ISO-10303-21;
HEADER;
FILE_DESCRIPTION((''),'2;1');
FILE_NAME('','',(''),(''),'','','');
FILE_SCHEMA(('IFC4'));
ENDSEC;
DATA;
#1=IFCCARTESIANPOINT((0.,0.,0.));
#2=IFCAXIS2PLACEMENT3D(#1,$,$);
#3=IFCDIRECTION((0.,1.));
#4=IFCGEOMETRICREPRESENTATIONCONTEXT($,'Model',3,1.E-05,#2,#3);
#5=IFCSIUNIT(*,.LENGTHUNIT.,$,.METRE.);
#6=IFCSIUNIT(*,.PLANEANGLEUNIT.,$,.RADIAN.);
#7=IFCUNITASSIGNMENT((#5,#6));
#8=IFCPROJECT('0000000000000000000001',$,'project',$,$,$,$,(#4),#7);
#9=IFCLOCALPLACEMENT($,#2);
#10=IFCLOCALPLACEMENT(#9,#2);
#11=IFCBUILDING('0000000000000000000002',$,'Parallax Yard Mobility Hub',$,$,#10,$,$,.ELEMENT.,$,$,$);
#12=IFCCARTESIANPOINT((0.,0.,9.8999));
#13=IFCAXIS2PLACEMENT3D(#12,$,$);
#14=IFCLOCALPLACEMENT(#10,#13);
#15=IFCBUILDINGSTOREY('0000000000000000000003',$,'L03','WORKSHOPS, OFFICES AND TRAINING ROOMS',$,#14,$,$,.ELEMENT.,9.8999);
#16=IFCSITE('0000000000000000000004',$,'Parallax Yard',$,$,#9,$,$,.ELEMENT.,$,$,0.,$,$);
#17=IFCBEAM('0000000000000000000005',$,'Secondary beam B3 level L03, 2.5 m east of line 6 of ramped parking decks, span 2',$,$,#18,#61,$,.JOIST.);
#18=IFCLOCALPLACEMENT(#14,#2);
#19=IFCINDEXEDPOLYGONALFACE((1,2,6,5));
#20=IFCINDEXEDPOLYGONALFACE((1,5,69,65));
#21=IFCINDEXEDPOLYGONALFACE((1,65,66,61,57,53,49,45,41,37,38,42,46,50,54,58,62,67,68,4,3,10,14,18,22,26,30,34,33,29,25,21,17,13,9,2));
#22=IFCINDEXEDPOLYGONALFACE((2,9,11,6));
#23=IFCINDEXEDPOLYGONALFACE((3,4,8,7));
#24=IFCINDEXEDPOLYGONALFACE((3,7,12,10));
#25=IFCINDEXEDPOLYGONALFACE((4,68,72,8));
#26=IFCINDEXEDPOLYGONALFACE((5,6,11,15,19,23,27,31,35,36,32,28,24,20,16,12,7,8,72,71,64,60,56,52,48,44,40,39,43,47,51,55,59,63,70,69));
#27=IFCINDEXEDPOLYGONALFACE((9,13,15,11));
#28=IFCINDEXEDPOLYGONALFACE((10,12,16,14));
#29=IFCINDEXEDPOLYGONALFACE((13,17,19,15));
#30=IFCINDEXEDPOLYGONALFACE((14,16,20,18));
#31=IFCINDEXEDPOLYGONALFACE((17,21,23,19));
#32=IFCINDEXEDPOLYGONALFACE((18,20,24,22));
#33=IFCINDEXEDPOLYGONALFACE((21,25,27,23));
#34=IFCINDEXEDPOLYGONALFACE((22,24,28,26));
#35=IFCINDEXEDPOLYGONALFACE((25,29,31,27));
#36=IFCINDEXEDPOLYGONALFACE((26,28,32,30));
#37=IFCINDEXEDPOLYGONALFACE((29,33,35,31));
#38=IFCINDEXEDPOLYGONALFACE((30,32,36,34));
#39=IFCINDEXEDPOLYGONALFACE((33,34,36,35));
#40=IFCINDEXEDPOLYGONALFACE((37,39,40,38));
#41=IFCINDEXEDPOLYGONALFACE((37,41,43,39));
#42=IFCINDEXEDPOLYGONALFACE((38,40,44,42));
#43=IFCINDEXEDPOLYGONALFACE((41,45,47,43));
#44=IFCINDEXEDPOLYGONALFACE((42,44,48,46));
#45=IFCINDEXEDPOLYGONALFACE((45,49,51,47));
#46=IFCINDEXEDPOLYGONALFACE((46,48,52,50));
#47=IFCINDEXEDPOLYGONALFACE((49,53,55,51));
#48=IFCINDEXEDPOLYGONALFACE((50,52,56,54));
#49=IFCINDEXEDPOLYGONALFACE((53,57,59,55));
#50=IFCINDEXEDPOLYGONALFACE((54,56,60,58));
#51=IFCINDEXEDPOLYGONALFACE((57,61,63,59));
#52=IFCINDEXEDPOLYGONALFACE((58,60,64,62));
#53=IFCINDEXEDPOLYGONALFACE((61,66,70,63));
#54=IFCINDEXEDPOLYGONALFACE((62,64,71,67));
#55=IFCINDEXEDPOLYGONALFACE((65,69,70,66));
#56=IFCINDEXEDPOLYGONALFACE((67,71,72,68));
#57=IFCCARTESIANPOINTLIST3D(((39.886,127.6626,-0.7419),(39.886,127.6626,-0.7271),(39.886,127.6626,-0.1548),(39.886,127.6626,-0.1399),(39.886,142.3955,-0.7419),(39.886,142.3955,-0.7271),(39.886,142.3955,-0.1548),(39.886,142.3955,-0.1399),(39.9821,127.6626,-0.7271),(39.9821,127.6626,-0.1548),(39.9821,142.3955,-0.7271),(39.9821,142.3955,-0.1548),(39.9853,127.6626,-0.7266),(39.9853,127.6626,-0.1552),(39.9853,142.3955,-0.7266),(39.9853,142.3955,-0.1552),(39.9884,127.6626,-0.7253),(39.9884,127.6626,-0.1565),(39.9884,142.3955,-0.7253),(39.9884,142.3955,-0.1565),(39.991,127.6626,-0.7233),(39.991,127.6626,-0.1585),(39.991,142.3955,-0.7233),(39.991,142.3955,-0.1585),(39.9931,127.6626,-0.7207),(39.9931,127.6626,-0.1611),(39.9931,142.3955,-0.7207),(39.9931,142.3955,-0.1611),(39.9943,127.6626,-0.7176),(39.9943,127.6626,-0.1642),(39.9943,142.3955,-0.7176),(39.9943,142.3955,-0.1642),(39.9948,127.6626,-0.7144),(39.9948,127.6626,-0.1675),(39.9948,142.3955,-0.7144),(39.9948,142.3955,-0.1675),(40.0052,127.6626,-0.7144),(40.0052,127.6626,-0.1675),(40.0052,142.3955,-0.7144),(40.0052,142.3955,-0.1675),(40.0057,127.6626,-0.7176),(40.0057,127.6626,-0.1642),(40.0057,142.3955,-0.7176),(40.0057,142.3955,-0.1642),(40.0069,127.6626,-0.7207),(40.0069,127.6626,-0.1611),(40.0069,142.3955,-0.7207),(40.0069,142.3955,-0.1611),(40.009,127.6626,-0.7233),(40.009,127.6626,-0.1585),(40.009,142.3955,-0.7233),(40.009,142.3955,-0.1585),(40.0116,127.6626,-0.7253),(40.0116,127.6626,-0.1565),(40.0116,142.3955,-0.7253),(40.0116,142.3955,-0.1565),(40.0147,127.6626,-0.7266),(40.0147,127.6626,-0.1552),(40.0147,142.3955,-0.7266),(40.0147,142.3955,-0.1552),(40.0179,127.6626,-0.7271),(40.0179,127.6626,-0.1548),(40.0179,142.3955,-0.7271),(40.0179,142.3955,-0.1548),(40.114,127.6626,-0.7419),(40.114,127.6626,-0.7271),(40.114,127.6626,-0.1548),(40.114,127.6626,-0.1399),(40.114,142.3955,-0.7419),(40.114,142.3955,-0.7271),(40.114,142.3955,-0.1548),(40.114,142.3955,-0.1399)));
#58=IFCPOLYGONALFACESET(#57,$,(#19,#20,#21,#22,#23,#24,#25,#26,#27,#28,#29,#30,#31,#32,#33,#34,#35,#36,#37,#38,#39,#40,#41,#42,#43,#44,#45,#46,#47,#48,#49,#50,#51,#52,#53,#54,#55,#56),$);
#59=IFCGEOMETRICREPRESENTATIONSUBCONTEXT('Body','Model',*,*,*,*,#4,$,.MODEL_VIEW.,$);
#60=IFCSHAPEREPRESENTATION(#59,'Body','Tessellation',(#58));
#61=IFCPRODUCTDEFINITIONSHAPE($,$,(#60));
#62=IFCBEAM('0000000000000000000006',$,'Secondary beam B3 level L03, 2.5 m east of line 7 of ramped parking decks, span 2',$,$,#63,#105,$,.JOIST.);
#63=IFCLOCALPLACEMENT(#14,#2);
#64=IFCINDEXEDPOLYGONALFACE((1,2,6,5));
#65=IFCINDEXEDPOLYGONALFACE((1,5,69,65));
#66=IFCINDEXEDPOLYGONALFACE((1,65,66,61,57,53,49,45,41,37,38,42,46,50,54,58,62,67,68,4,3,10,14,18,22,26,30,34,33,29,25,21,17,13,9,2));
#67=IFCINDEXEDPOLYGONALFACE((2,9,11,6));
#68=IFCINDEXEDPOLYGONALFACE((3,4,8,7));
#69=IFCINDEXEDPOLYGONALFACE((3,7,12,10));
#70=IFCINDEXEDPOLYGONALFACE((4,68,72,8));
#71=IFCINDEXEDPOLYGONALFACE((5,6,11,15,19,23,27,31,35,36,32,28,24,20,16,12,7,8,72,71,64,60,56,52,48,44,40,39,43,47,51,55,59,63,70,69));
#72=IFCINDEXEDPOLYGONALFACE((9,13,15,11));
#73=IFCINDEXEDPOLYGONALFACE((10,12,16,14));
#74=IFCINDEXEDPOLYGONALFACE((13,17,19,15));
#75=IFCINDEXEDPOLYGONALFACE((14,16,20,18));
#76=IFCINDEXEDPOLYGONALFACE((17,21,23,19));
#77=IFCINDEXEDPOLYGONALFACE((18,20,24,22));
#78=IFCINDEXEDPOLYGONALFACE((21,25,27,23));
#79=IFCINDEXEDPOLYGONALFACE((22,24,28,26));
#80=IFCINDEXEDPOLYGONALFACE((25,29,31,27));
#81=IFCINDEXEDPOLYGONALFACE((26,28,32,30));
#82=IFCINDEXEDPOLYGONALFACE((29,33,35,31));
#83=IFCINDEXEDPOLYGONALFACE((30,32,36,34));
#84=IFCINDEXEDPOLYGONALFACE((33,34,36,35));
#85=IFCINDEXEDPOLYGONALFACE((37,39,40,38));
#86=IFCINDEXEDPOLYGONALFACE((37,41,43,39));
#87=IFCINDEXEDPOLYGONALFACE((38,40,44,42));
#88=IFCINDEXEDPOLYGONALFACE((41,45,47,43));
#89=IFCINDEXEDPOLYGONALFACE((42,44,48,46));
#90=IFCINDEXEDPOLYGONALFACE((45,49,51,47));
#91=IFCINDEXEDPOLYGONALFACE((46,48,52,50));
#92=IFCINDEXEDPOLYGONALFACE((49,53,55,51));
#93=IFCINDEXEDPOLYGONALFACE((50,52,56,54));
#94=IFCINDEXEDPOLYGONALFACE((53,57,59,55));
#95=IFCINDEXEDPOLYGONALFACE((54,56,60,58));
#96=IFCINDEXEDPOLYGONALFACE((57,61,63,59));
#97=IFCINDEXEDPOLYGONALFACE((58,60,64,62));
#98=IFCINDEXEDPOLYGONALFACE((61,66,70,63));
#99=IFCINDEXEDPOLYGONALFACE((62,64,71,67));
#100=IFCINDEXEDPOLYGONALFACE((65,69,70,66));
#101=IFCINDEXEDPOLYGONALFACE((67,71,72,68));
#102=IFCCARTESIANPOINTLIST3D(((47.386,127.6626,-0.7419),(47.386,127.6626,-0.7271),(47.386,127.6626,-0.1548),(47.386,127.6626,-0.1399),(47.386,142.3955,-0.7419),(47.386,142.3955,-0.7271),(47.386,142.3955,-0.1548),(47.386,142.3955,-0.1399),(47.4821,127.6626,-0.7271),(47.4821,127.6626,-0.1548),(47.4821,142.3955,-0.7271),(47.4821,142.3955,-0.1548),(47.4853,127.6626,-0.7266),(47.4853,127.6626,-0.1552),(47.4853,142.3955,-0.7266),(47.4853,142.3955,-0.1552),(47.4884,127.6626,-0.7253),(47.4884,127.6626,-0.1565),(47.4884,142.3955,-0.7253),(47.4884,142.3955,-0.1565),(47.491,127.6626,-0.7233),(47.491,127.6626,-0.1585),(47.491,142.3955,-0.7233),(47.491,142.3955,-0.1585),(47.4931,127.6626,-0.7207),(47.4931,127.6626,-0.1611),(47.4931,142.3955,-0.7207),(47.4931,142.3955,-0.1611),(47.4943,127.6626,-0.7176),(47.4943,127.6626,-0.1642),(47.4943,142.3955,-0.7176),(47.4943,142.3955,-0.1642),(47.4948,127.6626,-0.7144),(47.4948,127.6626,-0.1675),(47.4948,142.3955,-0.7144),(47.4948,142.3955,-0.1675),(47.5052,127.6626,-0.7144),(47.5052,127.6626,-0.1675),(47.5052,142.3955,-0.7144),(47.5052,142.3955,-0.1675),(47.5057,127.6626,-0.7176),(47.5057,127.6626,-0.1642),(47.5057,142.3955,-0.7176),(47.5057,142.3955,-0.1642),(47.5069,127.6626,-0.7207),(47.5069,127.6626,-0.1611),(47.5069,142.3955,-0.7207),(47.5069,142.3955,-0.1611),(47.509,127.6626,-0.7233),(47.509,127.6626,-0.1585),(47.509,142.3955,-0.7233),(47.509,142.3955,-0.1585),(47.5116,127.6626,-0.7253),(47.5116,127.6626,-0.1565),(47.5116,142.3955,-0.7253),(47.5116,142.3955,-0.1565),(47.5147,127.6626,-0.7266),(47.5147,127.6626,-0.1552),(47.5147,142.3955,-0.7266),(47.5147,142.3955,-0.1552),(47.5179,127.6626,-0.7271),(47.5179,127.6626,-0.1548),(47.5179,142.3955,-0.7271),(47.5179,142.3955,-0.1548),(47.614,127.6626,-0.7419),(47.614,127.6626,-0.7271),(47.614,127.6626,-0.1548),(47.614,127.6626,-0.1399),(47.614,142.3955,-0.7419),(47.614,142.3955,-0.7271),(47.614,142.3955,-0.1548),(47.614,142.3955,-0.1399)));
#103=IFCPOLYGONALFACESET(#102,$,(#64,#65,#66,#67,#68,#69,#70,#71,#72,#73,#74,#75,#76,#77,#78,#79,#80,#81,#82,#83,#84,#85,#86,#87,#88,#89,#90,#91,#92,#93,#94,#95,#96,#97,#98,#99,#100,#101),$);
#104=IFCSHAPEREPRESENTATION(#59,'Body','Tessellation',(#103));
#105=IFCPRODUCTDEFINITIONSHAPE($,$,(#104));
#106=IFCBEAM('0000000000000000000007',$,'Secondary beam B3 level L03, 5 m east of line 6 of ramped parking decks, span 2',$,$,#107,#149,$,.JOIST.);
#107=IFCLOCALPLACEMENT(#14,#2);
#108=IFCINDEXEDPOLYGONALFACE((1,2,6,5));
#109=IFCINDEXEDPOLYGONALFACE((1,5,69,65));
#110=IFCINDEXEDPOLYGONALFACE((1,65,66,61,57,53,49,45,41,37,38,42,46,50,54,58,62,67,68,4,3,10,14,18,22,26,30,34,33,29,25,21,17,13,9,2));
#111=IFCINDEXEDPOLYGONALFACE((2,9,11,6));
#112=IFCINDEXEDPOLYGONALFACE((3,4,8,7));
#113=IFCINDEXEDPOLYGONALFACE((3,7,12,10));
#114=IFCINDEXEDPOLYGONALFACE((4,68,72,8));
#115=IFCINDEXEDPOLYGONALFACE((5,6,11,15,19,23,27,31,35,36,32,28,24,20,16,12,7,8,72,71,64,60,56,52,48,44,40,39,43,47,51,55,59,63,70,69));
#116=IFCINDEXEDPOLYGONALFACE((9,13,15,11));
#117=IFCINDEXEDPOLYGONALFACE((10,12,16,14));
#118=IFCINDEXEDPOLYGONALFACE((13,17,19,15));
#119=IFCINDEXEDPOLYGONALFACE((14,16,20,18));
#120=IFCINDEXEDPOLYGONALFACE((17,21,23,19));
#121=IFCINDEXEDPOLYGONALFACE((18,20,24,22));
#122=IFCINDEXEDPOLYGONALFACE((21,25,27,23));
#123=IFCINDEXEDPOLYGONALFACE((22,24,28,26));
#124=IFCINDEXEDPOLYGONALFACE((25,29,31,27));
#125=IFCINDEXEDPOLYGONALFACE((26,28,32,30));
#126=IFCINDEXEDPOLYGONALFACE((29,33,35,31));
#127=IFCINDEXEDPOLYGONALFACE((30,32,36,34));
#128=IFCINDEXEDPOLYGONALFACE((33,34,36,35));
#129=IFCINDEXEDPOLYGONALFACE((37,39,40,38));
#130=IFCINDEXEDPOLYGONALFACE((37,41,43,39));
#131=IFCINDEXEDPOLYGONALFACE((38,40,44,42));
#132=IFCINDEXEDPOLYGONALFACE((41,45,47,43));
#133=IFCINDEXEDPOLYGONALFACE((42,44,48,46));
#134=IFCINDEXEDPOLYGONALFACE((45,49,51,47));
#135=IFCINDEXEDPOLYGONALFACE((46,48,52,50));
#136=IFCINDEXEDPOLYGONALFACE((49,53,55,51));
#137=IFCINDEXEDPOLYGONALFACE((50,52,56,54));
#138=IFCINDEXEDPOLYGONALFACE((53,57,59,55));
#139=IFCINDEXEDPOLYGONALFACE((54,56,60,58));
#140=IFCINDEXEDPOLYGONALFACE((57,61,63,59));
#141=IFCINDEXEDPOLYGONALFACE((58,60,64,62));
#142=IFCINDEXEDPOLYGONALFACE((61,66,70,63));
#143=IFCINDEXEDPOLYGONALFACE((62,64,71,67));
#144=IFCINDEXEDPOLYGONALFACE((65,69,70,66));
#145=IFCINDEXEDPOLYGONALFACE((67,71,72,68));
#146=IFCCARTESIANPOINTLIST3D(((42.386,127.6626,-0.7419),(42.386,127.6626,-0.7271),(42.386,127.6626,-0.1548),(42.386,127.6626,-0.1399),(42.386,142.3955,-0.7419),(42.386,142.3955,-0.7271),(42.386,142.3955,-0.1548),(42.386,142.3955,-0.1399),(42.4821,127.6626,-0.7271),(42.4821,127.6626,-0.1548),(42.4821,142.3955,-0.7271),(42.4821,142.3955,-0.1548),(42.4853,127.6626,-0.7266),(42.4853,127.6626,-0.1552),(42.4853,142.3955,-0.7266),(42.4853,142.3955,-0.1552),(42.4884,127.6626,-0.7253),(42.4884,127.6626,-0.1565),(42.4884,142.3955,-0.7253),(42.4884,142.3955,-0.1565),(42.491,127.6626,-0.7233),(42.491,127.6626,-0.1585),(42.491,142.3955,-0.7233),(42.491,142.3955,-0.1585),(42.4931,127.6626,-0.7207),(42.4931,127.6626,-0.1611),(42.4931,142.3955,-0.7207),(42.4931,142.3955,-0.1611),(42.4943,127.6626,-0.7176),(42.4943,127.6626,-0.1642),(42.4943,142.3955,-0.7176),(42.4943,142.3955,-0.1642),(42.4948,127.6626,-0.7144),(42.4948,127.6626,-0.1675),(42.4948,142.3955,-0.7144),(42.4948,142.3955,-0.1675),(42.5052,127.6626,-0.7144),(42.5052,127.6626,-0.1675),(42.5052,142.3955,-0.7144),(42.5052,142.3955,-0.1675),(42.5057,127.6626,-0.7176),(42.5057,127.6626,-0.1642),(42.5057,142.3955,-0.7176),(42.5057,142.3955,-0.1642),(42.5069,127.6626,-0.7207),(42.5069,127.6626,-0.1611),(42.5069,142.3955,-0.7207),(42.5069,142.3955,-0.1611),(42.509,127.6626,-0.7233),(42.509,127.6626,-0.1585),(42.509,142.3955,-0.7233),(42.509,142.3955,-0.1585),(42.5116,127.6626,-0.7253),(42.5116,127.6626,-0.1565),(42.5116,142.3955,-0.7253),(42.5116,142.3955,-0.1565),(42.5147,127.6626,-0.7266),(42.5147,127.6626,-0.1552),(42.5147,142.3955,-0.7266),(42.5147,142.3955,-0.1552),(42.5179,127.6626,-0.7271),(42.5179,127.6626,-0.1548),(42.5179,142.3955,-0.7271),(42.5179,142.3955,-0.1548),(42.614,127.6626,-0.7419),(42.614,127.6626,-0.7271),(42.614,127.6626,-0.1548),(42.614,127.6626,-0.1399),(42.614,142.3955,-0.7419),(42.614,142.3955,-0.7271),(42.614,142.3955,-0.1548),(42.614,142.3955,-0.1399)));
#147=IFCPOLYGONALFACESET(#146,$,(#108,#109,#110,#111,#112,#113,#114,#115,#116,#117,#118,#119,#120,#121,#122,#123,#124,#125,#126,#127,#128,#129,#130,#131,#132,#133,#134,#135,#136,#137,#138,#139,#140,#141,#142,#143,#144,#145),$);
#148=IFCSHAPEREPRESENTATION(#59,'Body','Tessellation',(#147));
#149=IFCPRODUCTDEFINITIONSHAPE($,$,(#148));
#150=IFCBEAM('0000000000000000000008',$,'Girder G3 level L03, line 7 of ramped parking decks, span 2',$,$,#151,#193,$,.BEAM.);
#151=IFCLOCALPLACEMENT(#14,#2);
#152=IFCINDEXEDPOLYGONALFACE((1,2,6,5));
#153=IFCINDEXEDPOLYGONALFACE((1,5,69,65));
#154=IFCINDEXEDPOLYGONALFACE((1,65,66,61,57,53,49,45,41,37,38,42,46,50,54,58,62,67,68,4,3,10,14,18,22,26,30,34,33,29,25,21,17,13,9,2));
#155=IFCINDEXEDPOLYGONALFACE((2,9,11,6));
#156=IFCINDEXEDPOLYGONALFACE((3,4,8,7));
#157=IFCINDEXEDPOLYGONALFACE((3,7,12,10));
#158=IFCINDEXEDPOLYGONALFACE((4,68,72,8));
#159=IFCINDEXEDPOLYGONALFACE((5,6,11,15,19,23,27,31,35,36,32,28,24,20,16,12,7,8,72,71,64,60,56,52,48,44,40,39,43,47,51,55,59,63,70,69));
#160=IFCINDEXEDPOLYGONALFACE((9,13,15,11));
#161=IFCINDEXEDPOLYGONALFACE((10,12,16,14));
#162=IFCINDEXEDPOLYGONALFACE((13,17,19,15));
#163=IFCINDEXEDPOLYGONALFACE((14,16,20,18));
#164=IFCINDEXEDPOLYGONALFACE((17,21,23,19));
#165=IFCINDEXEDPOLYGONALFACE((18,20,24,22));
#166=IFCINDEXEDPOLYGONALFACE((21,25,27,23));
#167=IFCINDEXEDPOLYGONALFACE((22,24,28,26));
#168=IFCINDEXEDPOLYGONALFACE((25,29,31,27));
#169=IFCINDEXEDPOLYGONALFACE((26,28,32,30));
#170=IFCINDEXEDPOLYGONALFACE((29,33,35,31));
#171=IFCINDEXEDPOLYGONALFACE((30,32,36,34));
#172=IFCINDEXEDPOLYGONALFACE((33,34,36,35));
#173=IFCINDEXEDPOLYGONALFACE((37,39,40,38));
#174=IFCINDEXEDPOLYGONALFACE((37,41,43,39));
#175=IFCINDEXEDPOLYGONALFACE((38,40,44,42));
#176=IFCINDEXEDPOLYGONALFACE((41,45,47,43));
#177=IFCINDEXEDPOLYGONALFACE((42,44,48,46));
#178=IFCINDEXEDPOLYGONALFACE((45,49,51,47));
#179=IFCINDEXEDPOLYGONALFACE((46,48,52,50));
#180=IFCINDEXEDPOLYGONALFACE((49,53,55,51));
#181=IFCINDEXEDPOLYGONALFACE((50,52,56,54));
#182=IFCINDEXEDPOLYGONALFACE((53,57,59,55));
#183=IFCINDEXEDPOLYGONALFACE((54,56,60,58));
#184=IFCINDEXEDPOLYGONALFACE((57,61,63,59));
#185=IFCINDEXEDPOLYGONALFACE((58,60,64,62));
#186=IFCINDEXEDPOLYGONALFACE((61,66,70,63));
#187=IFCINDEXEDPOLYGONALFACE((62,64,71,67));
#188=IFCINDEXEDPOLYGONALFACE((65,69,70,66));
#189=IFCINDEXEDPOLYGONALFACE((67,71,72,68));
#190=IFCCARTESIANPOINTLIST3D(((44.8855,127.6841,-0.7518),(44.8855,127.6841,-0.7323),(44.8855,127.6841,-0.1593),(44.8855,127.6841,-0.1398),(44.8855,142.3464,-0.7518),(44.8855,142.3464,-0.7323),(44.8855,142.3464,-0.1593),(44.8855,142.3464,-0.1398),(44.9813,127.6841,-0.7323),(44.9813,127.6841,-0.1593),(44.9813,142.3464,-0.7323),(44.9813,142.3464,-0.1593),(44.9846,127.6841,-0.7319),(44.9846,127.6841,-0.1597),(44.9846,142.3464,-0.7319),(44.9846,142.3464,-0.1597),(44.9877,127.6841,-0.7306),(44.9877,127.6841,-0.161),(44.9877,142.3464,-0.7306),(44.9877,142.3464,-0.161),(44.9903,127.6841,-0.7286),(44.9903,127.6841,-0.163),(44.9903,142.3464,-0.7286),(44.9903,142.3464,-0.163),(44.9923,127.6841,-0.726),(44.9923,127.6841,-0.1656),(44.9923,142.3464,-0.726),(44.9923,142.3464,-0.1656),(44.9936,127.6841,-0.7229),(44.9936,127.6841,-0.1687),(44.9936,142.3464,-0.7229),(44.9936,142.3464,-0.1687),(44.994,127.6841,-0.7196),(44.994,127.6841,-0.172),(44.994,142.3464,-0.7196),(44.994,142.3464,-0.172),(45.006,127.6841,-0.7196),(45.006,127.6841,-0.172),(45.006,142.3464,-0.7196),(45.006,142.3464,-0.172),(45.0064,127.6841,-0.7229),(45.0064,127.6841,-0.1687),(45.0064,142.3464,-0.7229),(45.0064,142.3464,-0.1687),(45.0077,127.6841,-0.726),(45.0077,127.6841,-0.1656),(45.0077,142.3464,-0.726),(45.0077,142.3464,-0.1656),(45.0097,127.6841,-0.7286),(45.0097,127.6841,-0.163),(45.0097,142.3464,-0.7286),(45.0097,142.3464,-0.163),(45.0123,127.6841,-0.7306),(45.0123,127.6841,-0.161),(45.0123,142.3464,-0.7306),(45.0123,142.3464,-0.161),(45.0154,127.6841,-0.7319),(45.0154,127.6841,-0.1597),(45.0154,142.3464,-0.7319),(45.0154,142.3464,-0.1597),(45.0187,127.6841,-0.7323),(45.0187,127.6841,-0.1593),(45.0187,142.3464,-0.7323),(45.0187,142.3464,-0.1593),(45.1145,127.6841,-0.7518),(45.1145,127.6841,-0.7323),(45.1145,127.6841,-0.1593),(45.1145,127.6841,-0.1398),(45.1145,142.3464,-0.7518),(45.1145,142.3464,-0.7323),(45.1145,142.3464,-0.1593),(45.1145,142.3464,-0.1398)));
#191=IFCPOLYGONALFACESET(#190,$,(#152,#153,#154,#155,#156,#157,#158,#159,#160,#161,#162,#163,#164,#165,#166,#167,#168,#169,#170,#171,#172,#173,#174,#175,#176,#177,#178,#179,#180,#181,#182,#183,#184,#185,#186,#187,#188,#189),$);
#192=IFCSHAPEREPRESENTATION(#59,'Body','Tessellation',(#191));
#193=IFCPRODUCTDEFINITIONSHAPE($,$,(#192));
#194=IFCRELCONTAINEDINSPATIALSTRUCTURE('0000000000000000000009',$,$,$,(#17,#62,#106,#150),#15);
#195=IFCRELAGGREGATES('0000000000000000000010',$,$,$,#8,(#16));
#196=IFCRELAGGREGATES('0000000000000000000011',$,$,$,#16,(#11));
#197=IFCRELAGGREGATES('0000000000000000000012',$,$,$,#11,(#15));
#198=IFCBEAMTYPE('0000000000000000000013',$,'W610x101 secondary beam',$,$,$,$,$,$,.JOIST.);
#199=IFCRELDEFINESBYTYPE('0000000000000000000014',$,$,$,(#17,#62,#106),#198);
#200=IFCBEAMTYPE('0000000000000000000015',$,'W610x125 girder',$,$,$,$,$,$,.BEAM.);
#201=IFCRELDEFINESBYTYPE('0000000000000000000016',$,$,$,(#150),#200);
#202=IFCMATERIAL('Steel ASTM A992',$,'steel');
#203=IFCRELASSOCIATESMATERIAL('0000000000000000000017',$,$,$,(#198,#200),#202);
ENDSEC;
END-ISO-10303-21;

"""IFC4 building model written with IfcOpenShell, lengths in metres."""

from ifc_helpers import new_model, si_unit, direction, frame, origin, origin_2d, place, context, subcontext, project, spatial, i_section, extrude, material, material_profile, profile_set, type_object, element, save


model = new_model("IFC4")

# Units and contexts
model_context = context("Model", 3, precision=1e-05, world=origin(), true_north=direction((0.0, 1.0)))
body_context = subcontext(model_context, "Body", "Model", "MODEL_VIEW")
ifc_project = project(units=[si_unit("LENGTHUNIT", "METRE"), si_unit("PLANEANGLEUNIT", "RADIAN")], contexts=[model_context])

# Site, building, storey
site_placement = place(None, origin())
site = spatial("IfcSite", under=ifc_project, at=site_placement, Name="Parallax Yard", CompositionType="ELEMENT", RefElevation=0.0)
building_placement = place(site_placement, origin())
building = spatial("IfcBuilding", under=site, at=building_placement, Name="Parallax Yard Mobility Hub", CompositionType="ELEMENT")
storey_placement = place(building_placement, frame((0.0, 0.0, 9.8999)))
storey = spatial("IfcBuildingStorey", under=building, at=storey_placement, Name="L03", Description="WORKSHOPS, OFFICES AND TRAINING ROOMS", CompositionType="ELEMENT", Elevation=9.8999)

# Shared definitions
ifc_material_1 = material(Name="Steel ASTM A992", Category="steel")

# Beams
ifc_material_profile_1 = material_profile(ifc_material_1, i_section(OverallWidth=0.228, OverallDepth=0.6021, WebThickness=0.0105, FlangeThickness=0.0149, FilletRadius=0.0127, at=origin_2d()), Name="W610x101")
ifc_profile_set_1 = profile_set([ifc_material_profile_1], Name="Steel ASTM A992")
beam_type_1 = type_object("IfcBeamType", Name="W610x101 secondary beam", PredefinedType="JOIST", material=ifc_profile_set_1)
for number, where, z_axis, x_axis, name in (
    (1, (40.0, 127.6626, -0.4409), (0.0, 1.0, 0.0), (-1.0, 0.0, 0.0), "Secondary beam B3 level L03, 2.5 m east of line 6 of ramped parking decks, span 2"),
    (2, (47.5, 127.6626, -0.4409), (0.0, 1.0, 0.0), (-1.0, 0.0, 0.0), "Secondary beam B3 level L03, 2.5 m east of line 7 of ramped parking decks, span 2"),
    (3, (42.5, 127.6626, -0.4409), (0.0, 1.0, 0.0), (-1.0, 0.0, 0.0), "Secondary beam B3 level L03, 5 m east of line 6 of ramped parking decks, span 2"),
):
    element("IfcBeam", number, at=place(storey_placement, frame(where, z_axis=z_axis, x_axis=x_axis)), inside=storey, type_object=beam_type_1, Name=name, PredefinedType="JOIST", context=body_context, shape_type="SweptSolid", body=[
        extrude(i_section(OverallWidth=0.228, OverallDepth=0.6021, WebThickness=0.0105, FlangeThickness=0.0149, FilletRadius=0.0127, at=origin_2d()), origin(), (0.0, 0.0, 1.0), 14.7329),
    ])
ifc_material_profile_2 = material_profile(ifc_material_1, i_section(OverallWidth=0.229, OverallDepth=0.6121, WebThickness=0.012, FlangeThickness=0.0195, FilletRadius=0.0127, at=origin_2d()), Name="W610x125")
ifc_profile_set_2 = profile_set([ifc_material_profile_2], Name="Steel ASTM A992")
beam_type_2 = type_object("IfcBeamType", Name="W610x125 girder", PredefinedType="BEAM", material=ifc_profile_set_2)
beam_1_placement = place(storey_placement, frame((45.0, 127.6841, -0.4458), z_axis=(0.0, 1.0, 0.0), x_axis=(-1.0, 0.0, 0.0)))
element("IfcBeam", 4, at=beam_1_placement, inside=storey, type_object=beam_type_2, Name="Girder G3 level L03, line 7 of ramped parking decks, span 2", PredefinedType="BEAM", context=body_context, shape_type="SweptSolid", body=[
    extrude(i_section(OverallWidth=0.229, OverallDepth=0.6121, WebThickness=0.012, FlangeThickness=0.0195, FilletRadius=0.0127, at=origin_2d()), origin(), (0.0, 0.0, 1.0), 14.6624),
])

save(model, "model.ifc")
